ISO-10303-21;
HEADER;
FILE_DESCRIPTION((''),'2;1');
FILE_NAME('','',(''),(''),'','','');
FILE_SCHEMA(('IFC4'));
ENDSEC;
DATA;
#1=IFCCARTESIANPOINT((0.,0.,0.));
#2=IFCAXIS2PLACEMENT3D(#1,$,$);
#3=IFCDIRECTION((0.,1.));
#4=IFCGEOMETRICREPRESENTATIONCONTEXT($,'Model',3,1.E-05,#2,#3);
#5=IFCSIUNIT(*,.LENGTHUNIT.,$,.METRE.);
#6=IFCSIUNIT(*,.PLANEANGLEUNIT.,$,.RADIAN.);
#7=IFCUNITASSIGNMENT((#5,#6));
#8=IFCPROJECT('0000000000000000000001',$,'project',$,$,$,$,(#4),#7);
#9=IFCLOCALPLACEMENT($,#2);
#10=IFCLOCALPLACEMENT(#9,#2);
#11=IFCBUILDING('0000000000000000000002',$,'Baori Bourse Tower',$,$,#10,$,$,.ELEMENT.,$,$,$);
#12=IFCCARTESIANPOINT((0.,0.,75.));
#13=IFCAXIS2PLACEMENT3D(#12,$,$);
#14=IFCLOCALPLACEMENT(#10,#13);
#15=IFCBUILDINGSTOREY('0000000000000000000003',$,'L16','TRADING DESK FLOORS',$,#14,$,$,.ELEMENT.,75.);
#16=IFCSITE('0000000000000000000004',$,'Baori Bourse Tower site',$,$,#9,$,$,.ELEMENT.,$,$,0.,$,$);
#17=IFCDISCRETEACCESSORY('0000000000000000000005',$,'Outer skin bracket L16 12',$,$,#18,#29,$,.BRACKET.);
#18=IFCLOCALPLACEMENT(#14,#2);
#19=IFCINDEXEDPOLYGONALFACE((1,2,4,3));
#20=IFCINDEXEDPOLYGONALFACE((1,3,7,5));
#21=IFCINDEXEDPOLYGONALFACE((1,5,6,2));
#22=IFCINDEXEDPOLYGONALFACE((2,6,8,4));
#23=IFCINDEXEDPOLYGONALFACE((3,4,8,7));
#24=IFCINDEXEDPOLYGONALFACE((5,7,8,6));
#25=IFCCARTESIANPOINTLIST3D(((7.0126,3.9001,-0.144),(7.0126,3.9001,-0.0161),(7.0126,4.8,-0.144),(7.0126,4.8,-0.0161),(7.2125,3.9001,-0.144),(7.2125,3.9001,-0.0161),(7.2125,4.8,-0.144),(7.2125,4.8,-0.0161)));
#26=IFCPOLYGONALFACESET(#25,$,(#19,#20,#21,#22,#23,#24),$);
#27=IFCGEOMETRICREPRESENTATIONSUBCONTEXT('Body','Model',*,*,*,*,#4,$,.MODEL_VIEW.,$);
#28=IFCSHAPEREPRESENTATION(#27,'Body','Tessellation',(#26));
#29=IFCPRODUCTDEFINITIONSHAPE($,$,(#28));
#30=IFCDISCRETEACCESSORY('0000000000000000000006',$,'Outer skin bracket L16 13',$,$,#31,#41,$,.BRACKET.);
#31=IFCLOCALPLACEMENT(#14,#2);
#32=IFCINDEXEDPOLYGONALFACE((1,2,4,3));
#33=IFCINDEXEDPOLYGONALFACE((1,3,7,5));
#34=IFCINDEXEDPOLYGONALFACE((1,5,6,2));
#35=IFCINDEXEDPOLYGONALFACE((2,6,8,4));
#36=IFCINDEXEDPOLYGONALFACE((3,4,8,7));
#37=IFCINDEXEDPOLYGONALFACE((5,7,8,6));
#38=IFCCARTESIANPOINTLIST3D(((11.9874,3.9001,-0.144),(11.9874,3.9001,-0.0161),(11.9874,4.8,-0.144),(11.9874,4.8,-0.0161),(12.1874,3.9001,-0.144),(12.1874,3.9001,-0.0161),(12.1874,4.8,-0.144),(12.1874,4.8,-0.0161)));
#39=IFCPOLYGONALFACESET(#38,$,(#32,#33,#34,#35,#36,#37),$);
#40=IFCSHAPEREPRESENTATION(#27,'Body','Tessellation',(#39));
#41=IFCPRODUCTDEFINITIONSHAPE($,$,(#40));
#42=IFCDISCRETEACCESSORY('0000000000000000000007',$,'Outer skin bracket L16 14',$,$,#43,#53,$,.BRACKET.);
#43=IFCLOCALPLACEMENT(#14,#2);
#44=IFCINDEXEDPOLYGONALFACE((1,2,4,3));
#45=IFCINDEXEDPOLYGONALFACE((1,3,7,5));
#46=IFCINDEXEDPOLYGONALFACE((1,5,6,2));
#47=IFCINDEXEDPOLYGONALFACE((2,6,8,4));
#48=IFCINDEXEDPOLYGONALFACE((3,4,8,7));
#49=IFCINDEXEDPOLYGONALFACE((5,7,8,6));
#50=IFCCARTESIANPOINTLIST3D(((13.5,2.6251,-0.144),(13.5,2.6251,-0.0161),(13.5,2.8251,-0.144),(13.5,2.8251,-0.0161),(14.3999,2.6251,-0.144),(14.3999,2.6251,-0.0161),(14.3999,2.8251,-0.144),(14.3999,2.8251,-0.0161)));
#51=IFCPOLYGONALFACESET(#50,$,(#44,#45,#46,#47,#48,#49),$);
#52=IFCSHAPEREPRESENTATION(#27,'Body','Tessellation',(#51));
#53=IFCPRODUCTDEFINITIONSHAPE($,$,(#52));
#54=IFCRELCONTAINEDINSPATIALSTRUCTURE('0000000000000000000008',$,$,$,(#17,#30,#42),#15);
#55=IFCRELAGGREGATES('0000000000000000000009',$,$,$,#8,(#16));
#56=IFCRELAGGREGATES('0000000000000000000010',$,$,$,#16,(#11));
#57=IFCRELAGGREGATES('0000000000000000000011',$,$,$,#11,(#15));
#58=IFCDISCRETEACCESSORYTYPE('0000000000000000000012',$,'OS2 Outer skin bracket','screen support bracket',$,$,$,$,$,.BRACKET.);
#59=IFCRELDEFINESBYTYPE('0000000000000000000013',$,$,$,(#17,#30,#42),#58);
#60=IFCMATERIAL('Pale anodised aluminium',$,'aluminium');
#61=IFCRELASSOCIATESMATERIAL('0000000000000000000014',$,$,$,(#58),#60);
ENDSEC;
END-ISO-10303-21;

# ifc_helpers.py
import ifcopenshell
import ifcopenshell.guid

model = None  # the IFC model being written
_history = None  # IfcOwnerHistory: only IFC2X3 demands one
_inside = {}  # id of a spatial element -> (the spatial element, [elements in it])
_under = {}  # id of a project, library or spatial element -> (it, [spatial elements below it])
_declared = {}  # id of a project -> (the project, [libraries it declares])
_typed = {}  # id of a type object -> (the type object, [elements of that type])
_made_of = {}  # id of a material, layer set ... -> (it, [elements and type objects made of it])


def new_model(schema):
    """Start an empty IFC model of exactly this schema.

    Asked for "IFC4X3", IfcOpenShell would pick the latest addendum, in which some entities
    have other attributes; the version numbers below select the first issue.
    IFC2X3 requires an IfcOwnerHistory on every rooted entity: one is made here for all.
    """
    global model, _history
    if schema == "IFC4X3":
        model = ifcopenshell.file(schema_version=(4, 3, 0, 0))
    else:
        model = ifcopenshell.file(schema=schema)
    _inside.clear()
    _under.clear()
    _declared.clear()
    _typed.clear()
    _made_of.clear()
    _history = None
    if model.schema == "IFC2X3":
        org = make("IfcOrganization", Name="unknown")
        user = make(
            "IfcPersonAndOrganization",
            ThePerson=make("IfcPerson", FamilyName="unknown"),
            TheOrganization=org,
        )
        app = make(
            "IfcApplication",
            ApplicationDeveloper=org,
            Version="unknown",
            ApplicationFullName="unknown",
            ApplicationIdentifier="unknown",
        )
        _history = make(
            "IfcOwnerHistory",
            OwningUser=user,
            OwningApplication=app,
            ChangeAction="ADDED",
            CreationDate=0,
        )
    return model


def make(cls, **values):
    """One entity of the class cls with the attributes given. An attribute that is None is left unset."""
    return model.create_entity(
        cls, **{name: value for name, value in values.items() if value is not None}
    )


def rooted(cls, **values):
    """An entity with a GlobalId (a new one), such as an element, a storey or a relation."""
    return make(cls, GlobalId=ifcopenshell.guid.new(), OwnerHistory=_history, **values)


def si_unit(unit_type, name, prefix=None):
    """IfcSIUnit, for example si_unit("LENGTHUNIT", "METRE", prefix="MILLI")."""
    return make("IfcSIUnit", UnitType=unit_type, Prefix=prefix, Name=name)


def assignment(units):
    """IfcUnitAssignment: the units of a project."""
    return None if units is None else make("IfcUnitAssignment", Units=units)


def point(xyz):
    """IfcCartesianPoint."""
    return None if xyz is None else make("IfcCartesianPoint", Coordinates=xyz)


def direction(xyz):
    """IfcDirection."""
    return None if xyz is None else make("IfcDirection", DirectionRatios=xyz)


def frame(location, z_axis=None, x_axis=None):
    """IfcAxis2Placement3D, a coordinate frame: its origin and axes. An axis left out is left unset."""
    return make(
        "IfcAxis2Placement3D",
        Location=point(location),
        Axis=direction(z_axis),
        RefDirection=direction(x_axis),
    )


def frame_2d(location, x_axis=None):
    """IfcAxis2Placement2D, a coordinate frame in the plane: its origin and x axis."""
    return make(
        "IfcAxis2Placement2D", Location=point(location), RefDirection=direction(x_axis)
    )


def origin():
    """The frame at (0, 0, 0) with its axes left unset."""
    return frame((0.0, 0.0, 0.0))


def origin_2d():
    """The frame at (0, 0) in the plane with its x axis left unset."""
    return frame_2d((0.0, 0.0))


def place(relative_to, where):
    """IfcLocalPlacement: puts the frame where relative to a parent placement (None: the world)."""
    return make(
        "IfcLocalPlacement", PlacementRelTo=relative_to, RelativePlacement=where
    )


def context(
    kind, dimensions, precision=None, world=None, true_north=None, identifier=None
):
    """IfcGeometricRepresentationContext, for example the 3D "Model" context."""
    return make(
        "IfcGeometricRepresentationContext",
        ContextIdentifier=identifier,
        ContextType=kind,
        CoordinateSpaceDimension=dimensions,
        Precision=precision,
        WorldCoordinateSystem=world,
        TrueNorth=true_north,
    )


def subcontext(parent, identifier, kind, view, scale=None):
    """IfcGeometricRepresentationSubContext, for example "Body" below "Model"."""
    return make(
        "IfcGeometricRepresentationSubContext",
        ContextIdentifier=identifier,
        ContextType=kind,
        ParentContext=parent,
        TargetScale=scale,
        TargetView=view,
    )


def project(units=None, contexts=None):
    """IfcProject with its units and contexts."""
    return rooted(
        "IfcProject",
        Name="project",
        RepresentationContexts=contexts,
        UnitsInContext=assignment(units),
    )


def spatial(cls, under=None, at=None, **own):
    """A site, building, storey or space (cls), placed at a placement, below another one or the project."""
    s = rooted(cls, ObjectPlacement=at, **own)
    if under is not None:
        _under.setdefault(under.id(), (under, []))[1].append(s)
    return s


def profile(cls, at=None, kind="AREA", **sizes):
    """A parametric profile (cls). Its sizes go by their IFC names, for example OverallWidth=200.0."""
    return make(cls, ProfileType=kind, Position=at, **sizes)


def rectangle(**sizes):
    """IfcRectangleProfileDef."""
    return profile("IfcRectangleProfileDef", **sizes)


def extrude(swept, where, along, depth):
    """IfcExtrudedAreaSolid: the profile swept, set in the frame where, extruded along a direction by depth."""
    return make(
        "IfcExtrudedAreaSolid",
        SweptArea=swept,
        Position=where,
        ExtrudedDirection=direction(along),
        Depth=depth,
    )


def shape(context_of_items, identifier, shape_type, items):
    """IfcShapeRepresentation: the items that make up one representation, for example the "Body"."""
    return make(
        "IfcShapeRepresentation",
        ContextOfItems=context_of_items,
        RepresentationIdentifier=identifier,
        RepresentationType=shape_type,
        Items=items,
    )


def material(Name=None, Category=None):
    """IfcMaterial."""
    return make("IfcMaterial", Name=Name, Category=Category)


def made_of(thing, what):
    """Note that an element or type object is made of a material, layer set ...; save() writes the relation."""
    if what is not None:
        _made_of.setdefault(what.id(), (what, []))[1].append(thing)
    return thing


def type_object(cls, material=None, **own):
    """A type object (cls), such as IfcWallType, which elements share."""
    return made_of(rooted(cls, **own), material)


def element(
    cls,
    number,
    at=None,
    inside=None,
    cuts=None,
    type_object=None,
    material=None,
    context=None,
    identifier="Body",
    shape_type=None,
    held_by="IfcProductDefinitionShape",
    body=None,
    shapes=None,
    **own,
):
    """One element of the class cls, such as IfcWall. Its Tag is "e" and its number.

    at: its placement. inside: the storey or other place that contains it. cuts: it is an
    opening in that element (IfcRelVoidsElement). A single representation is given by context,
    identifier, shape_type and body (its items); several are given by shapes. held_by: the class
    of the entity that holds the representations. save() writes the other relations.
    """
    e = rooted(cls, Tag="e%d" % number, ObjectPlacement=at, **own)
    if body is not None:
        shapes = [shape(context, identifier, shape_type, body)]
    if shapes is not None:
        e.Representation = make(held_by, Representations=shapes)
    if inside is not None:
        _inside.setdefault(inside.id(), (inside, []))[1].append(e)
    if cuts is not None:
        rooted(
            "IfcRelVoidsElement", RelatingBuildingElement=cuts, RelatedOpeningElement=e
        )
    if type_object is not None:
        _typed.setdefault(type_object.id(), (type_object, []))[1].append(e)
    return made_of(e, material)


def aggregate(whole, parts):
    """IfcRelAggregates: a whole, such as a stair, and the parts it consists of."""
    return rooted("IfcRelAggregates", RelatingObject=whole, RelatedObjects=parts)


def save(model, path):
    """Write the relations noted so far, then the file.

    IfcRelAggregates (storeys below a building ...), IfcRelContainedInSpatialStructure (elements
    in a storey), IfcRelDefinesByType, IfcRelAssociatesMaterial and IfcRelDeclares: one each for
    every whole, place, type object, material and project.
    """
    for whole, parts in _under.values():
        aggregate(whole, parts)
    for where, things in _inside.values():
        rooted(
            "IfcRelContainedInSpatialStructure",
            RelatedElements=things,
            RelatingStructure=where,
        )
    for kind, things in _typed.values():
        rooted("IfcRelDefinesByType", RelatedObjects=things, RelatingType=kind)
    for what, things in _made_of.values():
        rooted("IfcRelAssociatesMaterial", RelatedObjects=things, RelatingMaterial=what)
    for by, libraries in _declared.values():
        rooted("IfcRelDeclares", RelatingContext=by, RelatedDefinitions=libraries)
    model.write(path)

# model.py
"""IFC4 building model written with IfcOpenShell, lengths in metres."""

from ifc_helpers import new_model, si_unit, direction, frame, origin, origin_2d, place, context, subcontext, project, spatial, rectangle, extrude, material, type_object, element, save


model = new_model("IFC4")

# Units and contexts
model_context = context("Model", 3, precision=1e-05, world=origin(), true_north=direction((0.0, 1.0)))
body_context = subcontext(model_context, "Body", "Model", "MODEL_VIEW")
ifc_project = project(units=[si_unit("LENGTHUNIT", "METRE"), si_unit("PLANEANGLEUNIT", "RADIAN")], contexts=[model_context])

# Site, building, storey
site_placement = place(None, origin())
site = spatial("IfcSite", under=ifc_project, at=site_placement, Name="Baori Bourse Tower site", CompositionType="ELEMENT", RefElevation=0.0)
building_placement = place(site_placement, origin())
building = spatial("IfcBuilding", under=site, at=building_placement, Name="Baori Bourse Tower", CompositionType="ELEMENT")
storey_placement = place(building_placement, frame((0.0, 0.0, 75.0)))
storey = spatial("IfcBuildingStorey", under=building, at=storey_placement, Name="L16", Description="TRADING DESK FLOORS", CompositionType="ELEMENT", Elevation=75.0)

# Discrete accessories
ifc_material_1 = material(Name="Pale anodised aluminium", Category="aluminium")
discrete_accessory_type = type_object("IfcDiscreteAccessoryType", Name="OS2 Outer skin bracket", Description="screen support bracket", PredefinedType="BRACKET", material=ifc_material_1)
for number, where, z_axis, x_axis, name in (
    (1, (7.1125, 4.3501, -0.144), (0.0, 0.0, 1.0), (1.0, 0.0, 0.0), "Outer skin bracket L16 12"),
    (2, (12.0874, 4.3501, -0.144), (0.0, 0.0, 1.0), (1.0, 0.0, 0.0), "Outer skin bracket L16 13"),
    (3, (13.95, 2.7251, -0.144), (0.0, 0.0, 1.0), (0.0, -1.0, 0.0), "Outer skin bracket L16 14"),
):
    element("IfcDiscreteAccessory", number, at=place(storey_placement, frame(where, z_axis=z_axis, x_axis=x_axis)), inside=storey, type_object=discrete_accessory_type, Name=name, PredefinedType="BRACKET", context=body_context, shape_type="SweptSolid", body=[
        extrude(rectangle(XDim=0.2, YDim=0.8999, at=origin_2d()), origin(), (0.0, 0.0, 1.0), 0.1279),
    ])

save(model, "model.ifc")
